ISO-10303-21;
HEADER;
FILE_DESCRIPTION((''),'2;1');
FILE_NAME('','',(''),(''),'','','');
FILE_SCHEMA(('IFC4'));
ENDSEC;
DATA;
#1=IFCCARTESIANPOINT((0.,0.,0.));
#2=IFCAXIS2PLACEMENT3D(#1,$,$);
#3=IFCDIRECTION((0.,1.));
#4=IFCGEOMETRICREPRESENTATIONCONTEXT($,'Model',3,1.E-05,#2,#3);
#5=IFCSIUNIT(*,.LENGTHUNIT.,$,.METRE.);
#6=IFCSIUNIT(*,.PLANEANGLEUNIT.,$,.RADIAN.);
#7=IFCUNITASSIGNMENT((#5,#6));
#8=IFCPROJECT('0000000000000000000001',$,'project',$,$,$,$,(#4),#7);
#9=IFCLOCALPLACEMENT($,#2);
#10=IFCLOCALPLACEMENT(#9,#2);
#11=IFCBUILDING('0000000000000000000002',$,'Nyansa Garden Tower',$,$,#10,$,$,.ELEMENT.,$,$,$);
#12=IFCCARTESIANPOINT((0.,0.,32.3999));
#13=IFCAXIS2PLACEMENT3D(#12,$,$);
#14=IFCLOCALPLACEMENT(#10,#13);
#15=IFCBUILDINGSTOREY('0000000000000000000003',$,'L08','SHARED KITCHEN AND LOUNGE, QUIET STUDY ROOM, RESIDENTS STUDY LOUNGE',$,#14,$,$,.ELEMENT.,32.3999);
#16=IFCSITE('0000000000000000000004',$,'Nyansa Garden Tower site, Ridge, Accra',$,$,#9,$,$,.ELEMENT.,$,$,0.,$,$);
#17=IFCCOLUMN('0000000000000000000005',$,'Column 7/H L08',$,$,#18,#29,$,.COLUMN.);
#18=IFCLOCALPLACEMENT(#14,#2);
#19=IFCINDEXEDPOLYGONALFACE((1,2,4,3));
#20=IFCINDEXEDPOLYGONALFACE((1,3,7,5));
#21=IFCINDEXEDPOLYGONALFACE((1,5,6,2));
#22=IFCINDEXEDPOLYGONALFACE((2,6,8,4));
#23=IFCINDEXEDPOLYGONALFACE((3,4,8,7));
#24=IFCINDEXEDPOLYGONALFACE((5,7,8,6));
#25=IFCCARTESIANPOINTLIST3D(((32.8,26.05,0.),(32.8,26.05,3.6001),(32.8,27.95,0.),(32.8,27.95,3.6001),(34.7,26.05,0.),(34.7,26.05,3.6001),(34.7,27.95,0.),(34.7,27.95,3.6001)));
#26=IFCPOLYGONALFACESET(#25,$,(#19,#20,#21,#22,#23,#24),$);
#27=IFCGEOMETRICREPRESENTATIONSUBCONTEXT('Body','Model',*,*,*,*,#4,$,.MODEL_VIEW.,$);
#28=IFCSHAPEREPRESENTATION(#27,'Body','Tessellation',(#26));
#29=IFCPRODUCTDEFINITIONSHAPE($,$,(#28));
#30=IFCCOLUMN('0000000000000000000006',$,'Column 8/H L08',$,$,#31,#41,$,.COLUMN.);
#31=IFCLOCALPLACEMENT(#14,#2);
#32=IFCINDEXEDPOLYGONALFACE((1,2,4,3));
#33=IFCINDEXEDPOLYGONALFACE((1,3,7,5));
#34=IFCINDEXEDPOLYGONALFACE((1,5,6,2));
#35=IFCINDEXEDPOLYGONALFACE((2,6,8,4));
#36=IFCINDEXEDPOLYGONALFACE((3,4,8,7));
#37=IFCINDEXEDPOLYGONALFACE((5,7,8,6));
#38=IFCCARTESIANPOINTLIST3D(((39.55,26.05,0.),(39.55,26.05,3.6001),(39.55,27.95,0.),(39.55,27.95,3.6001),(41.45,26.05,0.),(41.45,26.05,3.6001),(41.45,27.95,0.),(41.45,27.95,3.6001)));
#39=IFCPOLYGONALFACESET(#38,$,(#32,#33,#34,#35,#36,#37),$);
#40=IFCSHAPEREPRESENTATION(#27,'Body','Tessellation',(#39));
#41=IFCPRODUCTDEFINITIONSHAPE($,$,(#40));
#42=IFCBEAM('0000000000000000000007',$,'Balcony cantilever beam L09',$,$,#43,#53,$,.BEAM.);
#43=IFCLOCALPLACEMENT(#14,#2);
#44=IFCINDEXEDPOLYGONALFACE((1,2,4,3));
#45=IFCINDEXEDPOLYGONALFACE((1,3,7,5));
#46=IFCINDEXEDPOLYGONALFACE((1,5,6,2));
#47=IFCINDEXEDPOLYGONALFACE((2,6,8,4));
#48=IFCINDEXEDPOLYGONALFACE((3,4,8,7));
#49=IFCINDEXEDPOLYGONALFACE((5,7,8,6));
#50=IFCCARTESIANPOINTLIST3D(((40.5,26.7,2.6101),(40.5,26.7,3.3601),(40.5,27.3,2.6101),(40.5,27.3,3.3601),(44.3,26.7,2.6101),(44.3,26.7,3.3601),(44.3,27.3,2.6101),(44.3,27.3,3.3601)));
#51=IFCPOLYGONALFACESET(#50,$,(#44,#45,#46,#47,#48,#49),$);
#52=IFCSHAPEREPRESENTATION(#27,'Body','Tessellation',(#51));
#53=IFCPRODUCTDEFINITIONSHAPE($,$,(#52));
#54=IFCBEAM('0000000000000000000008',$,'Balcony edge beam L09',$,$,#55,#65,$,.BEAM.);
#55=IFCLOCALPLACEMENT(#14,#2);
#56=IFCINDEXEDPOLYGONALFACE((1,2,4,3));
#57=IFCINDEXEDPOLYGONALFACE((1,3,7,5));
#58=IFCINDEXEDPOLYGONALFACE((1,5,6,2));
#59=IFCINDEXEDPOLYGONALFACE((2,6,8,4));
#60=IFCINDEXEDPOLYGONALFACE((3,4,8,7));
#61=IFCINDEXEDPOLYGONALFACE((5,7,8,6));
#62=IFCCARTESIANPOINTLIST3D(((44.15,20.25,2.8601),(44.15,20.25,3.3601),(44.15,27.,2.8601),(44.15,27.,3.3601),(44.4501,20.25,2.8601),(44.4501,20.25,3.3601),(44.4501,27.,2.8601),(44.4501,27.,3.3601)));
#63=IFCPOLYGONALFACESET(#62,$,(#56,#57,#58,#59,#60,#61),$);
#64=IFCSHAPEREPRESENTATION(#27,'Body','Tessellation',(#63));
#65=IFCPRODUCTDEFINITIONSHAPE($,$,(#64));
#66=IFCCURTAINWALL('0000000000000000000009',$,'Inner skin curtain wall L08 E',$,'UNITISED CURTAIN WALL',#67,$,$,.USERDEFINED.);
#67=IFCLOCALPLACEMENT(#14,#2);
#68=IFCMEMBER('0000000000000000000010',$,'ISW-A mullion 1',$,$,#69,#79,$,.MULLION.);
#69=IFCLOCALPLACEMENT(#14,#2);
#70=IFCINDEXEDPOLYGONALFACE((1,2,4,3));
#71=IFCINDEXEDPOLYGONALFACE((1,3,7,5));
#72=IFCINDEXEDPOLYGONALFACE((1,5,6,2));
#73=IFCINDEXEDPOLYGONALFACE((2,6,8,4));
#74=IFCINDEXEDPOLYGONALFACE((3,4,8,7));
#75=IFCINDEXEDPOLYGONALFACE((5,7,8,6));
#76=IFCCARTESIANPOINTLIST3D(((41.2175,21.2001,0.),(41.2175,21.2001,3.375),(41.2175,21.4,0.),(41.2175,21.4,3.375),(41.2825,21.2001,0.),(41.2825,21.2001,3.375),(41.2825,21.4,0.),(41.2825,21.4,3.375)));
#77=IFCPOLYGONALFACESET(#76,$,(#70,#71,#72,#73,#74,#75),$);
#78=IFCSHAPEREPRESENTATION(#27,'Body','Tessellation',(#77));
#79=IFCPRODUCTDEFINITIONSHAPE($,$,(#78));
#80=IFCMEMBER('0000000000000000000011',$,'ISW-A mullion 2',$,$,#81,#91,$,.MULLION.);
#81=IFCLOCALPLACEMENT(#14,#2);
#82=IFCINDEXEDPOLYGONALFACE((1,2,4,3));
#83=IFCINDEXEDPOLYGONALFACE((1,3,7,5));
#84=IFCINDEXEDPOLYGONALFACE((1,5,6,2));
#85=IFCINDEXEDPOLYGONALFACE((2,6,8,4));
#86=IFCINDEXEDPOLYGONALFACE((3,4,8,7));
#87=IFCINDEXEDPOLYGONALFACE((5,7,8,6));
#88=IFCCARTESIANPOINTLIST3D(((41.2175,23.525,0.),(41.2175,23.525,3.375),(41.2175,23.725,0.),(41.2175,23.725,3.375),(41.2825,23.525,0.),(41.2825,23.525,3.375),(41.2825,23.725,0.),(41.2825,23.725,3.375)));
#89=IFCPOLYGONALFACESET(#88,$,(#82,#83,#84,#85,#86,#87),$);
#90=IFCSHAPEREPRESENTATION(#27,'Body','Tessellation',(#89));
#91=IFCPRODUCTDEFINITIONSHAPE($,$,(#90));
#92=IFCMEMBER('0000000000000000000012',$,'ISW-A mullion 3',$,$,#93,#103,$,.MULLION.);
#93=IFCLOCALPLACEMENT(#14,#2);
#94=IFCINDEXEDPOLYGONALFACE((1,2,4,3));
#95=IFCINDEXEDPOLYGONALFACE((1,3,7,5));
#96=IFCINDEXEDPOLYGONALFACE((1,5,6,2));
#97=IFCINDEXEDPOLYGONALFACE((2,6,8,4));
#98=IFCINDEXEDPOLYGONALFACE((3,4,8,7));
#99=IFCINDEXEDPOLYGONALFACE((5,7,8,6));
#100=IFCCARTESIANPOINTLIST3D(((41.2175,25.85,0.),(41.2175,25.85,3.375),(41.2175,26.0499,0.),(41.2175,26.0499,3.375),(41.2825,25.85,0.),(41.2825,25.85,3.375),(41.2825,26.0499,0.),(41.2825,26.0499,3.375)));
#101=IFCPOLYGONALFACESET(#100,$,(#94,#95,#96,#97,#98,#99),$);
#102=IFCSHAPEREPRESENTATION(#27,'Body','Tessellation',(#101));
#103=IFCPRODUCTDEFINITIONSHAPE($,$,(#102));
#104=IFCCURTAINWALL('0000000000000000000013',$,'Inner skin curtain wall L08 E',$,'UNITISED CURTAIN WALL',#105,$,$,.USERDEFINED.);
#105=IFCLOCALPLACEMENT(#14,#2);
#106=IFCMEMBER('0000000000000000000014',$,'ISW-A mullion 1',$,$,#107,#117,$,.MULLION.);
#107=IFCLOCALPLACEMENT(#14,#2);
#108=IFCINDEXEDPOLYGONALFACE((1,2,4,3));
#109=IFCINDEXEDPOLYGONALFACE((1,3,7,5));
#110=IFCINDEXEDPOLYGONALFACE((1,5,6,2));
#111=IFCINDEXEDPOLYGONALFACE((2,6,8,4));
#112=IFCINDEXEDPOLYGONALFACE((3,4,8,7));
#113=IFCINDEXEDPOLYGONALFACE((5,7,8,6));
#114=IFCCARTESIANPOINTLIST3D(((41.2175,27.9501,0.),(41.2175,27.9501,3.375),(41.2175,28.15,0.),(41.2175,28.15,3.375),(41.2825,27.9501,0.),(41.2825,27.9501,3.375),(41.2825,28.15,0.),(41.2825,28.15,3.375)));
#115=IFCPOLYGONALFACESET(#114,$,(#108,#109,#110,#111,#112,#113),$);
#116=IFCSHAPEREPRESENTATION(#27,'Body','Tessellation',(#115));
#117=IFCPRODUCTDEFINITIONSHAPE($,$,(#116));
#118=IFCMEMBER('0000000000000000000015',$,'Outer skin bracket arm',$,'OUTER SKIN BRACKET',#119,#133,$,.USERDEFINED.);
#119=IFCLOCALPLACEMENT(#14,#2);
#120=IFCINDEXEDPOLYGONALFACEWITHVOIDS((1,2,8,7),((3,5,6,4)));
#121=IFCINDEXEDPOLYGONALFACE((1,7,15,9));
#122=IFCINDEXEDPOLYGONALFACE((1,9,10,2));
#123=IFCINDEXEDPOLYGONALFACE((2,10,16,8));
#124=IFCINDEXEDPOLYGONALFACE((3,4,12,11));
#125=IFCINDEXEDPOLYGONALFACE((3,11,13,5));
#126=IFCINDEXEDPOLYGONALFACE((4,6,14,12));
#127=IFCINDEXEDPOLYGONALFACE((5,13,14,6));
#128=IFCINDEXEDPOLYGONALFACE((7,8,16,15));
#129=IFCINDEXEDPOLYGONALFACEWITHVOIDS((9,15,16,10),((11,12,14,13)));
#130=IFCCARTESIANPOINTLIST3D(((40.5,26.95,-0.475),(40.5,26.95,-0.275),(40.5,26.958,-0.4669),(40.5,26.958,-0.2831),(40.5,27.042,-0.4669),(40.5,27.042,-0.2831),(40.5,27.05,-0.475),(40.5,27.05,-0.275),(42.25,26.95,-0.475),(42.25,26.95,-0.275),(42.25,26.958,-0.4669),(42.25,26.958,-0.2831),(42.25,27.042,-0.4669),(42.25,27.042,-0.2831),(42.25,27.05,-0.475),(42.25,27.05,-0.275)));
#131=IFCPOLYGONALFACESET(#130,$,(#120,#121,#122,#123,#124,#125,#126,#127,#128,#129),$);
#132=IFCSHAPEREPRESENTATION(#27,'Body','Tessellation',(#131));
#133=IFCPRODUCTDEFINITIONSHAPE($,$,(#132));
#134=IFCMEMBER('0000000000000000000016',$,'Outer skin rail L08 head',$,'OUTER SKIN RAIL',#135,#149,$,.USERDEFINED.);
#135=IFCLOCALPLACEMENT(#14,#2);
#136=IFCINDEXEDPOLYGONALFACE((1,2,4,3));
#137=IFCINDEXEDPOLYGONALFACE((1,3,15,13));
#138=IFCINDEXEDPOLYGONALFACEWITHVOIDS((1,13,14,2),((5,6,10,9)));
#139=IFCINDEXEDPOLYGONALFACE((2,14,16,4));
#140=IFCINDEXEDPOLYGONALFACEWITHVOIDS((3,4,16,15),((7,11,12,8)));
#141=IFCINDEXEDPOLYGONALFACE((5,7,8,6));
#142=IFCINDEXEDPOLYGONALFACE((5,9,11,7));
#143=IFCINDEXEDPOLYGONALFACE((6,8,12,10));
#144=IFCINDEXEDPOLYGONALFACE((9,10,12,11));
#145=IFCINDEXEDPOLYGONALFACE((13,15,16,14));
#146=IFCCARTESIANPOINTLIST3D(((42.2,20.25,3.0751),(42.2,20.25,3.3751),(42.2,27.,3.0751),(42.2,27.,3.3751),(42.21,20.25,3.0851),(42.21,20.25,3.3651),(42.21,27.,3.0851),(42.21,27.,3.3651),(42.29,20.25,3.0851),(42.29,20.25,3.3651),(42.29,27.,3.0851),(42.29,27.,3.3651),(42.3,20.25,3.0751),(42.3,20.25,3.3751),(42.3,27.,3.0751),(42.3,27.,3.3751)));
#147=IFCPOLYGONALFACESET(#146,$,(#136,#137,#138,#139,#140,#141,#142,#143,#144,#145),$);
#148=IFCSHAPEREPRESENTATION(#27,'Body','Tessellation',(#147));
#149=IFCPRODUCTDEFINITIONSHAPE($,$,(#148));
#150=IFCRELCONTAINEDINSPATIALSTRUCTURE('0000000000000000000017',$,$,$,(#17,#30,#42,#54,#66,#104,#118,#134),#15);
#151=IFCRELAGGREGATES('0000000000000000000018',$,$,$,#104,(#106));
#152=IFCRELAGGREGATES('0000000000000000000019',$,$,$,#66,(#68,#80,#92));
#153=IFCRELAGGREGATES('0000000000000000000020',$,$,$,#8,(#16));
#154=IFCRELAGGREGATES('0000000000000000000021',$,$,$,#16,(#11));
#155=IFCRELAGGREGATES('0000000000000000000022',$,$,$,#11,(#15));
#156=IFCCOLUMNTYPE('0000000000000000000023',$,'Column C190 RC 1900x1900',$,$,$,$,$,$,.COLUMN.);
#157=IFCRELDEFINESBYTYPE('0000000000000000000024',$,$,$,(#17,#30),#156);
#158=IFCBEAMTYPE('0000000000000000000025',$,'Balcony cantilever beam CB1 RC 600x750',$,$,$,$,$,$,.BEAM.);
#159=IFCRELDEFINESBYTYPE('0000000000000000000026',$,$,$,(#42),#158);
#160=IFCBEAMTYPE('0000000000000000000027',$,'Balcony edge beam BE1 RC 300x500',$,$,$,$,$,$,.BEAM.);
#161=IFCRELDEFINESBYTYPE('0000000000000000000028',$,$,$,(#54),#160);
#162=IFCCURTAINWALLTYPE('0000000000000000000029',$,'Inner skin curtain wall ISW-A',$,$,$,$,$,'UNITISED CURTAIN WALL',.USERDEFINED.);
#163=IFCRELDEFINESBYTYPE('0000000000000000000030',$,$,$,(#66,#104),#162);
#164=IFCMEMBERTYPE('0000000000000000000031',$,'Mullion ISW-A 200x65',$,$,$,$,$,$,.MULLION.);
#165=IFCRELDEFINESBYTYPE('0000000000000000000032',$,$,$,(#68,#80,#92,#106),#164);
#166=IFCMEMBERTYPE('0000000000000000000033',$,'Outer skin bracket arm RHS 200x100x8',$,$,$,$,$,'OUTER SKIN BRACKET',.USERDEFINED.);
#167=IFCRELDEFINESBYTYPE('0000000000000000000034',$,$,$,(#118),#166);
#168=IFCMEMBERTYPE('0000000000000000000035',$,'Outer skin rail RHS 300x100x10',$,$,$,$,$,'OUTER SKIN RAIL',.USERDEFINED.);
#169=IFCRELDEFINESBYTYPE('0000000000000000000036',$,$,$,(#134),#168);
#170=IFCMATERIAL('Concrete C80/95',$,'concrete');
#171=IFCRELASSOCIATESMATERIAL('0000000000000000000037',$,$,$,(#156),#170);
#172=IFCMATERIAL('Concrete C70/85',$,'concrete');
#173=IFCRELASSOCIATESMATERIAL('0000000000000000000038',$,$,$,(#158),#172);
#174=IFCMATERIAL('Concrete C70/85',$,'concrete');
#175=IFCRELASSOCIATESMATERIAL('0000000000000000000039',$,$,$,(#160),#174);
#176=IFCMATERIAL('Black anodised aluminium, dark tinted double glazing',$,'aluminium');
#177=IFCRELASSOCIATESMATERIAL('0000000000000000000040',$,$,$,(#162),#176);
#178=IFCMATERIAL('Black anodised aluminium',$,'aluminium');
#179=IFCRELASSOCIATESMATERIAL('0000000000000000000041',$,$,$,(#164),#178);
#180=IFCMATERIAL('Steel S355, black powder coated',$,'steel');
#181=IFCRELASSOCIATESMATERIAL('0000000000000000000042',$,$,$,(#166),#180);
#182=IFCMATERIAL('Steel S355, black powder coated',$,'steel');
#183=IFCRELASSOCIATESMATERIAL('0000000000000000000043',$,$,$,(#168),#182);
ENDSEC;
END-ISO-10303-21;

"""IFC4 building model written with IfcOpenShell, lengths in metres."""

from ifc_helpers import new_model, si_unit, direction, frame, origin, origin_2d, place, context, subcontext, project, spatial, rectangle, hollow_rectangle, extrude, material, material_profile, profile_set, type_object, element, aggregate, save


model = new_model("IFC4")

# Units and contexts
model_context = context("Model", 3, precision=1e-05, world=origin(), true_north=direction((0.0, 1.0)))
body_context = subcontext(model_context, "Body", "Model", "MODEL_VIEW")
ifc_project = project(units=[si_unit("LENGTHUNIT", "METRE"), si_unit("PLANEANGLEUNIT", "RADIAN")], contexts=[model_context])

# Site, building, storey
site_placement = place(None, origin())
site = spatial("IfcSite", under=ifc_project, at=site_placement, Name="Nyansa Garden Tower site, Ridge, Accra", CompositionType="ELEMENT", RefElevation=0.0)
building_placement = place(site_placement, origin())
building = spatial("IfcBuilding", under=site, at=building_placement, Name="Nyansa Garden Tower", CompositionType="ELEMENT")
storey_placement = place(building_placement, frame((0.0, 0.0, 32.3999)))
storey = spatial("IfcBuildingStorey", under=building, at=storey_placement, Name="L08", Description="SHARED KITCHEN AND LOUNGE, QUIET STUDY ROOM, RESIDENTS STUDY LOUNGE", CompositionType="ELEMENT", Elevation=32.3999)

# Columns
ifc_material_1 = material(Name="Concrete C80/95", Category="concrete")
ifc_material_profile_1 = material_profile(ifc_material_1, rectangle(XDim=1.8999, YDim=1.8999, at=origin_2d()), Name="RC 1900x1900")
ifc_profile_set_1 = profile_set([ifc_material_profile_1], Name="Concrete C80/95")
column_type = type_object("IfcColumnType", Name="Column C190 RC 1900x1900", PredefinedType="COLUMN", material=ifc_profile_set_1)
for number, where, z_axis, x_axis, name in (
    (1, (33.75, 27.0, 0.0), (0.0, 0.0, 1.0), (1.0, 0.0, 0.0), "Column 7/H L08"),
    (2, (40.5, 27.0, 0.0), (0.0, 0.0, 1.0), (1.0, 0.0, 0.0), "Column 8/H L08"),
):
    element("IfcColumn", number, at=place(storey_placement, frame(where, z_axis=z_axis, x_axis=x_axis)), inside=storey, type_object=column_type, Name=name, PredefinedType="COLUMN", context=body_context, shape_type="SweptSolid", body=[
        extrude(rectangle(XDim=1.8999, YDim=1.8999, at=origin_2d()), origin(), (0.0, 0.0, 1.0), 3.6001),
    ])

# Beams
ifc_material_2 = material(Name="Concrete C70/85", Category="concrete")
ifc_material_profile_2 = material_profile(ifc_material_2, rectangle(XDim=0.6001, YDim=0.75, at=origin_2d()), Name="RC 600x750")
ifc_profile_set_2 = profile_set([ifc_material_profile_2], Name="Concrete C70/85")
beam_type_1 = type_object("IfcBeamType", Name="Balcony cantilever beam CB1 RC 600x750", PredefinedType="BEAM", material=ifc_profile_set_2)
beam_1_placement = place(storey_placement, frame((40.5, 27.0, 2.9851), z_axis=(1.0, 0.0, 0.0), x_axis=(0.0, 1.0, 0.0)))
element("IfcBeam", 3, at=beam_1_placement, inside=storey, type_object=beam_type_1, Name="Balcony cantilever beam L09", PredefinedType="BEAM", context=body_context, shape_type="SweptSolid", body=[
    extrude(rectangle(XDim=0.6001, YDim=0.75, at=origin_2d()), origin(), (0.0, 0.0, 1.0), 3.8),
])
ifc_material_3 = material(Name="Concrete C70/85", Category="concrete")
ifc_material_profile_3 = material_profile(ifc_material_3, rectangle(XDim=0.3, YDim=0.5, at=origin_2d()), Name="RC 300x500")
ifc_profile_set_3 = profile_set([ifc_material_profile_3], Name="Concrete C70/85")
beam_type_2 = type_object("IfcBeamType", Name="Balcony edge beam BE1 RC 300x500", PredefinedType="BEAM", material=ifc_profile_set_3)
beam_2_placement = place(storey_placement, frame((44.3, 20.25, 3.1101), z_axis=(0.0, 1.0, 0.0), x_axis=(-1.0, 0.0, 0.0)))
element("IfcBeam", 4, at=beam_2_placement, inside=storey, type_object=beam_type_2, Name="Balcony edge beam L09", PredefinedType="BEAM", context=body_context, shape_type="SweptSolid", body=[
    extrude(rectangle(XDim=0.3, YDim=0.5, at=origin_2d()), origin(), (0.0, 0.0, 1.0), 6.75),
])

# Curtain wall, members
ifc_material_4 = material(Name="Black anodised aluminium, dark tinted double glazing", Category="aluminium")
curtain_wall_type = type_object("IfcCurtainWallType", Name="Inner skin curtain wall ISW-A", ElementType="UNITISED CURTAIN WALL", PredefinedType="USERDEFINED", material=ifc_material_4)
curtain_wall_1_placement = place(storey_placement, origin())
curtain_wall_1 = element("IfcCurtainWall", 5, at=curtain_wall_1_placement, inside=storey, type_object=curtain_wall_type, Name="Inner skin curtain wall L08 E", ObjectType="UNITISED CURTAIN WALL", PredefinedType="USERDEFINED")
ifc_material_5 = material(Name="Black anodised aluminium", Category="aluminium")
ifc_material_profile_4 = material_profile(ifc_material_5, rectangle(XDim=0.0649, YDim=0.2, at=origin_2d()), Name="Mullion 200x65")
ifc_profile_set_4 = profile_set([ifc_material_profile_4], Name="Black anodised aluminium")
member_type_1 = type_object("IfcMemberType", Name="Mullion ISW-A 200x65", PredefinedType="MULLION", material=ifc_profile_set_4)
member_1_placement = place(storey_placement, frame((41.25, 21.3, 0.0), z_axis=(0.0, 0.0, 1.0), x_axis=(-1.0, 0.0, 0.0)))
member_1 = element("IfcMember", 6, at=member_1_placement, type_object=member_type_1, Name="ISW-A mullion 1", PredefinedType="MULLION", context=body_context, shape_type="SweptSolid", body=[
    extrude(rectangle(XDim=0.0649, YDim=0.2, at=origin_2d()), origin(), (0.0, 0.0, 1.0), 3.375),
])
member_2_placement = place(storey_placement, frame((41.25, 23.625, 0.0), z_axis=(0.0, 0.0, 1.0), x_axis=(-1.0, 0.0, 0.0)))
member_2 = element("IfcMember", 7, at=member_2_placement, type_object=member_type_1, Name="ISW-A mullion 2", PredefinedType="MULLION", context=body_context, shape_type="SweptSolid", body=[
    extrude(rectangle(XDim=0.0649, YDim=0.2, at=origin_2d()), origin(), (0.0, 0.0, 1.0), 3.375),
])
member_3_placement = place(storey_placement, frame((41.25, 25.95, 0.0), z_axis=(0.0, 0.0, 1.0), x_axis=(-1.0, 0.0, 0.0)))
member_3 = element("IfcMember", 8, at=member_3_placement, type_object=member_type_1, Name="ISW-A mullion 3", PredefinedType="MULLION", context=body_context, shape_type="SweptSolid", body=[
    extrude(rectangle(XDim=0.0649, YDim=0.2, at=origin_2d()), origin(), (0.0, 0.0, 1.0), 3.375),
])

# Curtain wall, member
curtain_wall_2_placement = place(storey_placement, origin())
curtain_wall_2 = element("IfcCurtainWall", 9, at=curtain_wall_2_placement, inside=storey, type_object=curtain_wall_type, Name="Inner skin curtain wall L08 E", ObjectType="UNITISED CURTAIN WALL", PredefinedType="USERDEFINED")
member_4_placement = place(storey_placement, frame((41.25, 28.05, 0.0), z_axis=(0.0, 0.0, 1.0), x_axis=(-1.0, 0.0, 0.0)))
member_4 = element("IfcMember", 10, at=member_4_placement, type_object=member_type_1, Name="ISW-A mullion 1", PredefinedType="MULLION", context=body_context, shape_type="SweptSolid", body=[
    extrude(rectangle(XDim=0.0649, YDim=0.2, at=origin_2d()), origin(), (0.0, 0.0, 1.0), 3.375),
])
aggregate(curtain_wall_2, [member_4])

# Members
ifc_material_6 = material(Name="Steel S355, black powder coated", Category="steel")
ifc_material_profile_5 = material_profile(ifc_material_6, hollow_rectangle(XDim=0.1001, YDim=0.2, WallThickness=0.0081, at=origin_2d()), Name="RHS 200x100x8")
ifc_profile_set_5 = profile_set([ifc_material_profile_5], Name="Steel S355, black powder coated")
member_type_2 = type_object("IfcMemberType", Name="Outer skin bracket arm RHS 200x100x8", ElementType="OUTER SKIN BRACKET", PredefinedType="USERDEFINED", material=ifc_profile_set_5)
member_5_placement = place(storey_placement, frame((40.5, 27.0, -0.375), z_axis=(1.0, 0.0, 0.0), x_axis=(0.0, 1.0, 0.0)))
element("IfcMember", 11, at=member_5_placement, inside=storey, type_object=member_type_2, Name="Outer skin bracket arm", ObjectType="OUTER SKIN BRACKET", PredefinedType="USERDEFINED", context=body_context, shape_type="SweptSolid", body=[
    extrude(hollow_rectangle(XDim=0.1001, YDim=0.2, WallThickness=0.0081, at=origin_2d()), origin(), (0.0, 0.0, 1.0), 1.75),
])
ifc_material_7 = material(Name="Steel S355, black powder coated", Category="steel")
ifc_material_profile_6 = material_profile(ifc_material_7, hollow_rectangle(XDim=0.1001, YDim=0.3, WallThickness=0.01, at=origin_2d()), Name="RHS 300x100x10")
ifc_profile_set_6 = profile_set([ifc_material_profile_6], Name="Steel S355, black powder coated")
member_type_3 = type_object("IfcMemberType", Name="Outer skin rail RHS 300x100x10", ElementType="OUTER SKIN RAIL", PredefinedType="USERDEFINED", material=ifc_profile_set_6)
member_6_placement = place(storey_placement, frame((42.25, 20.25, 3.2251), z_axis=(0.0, 1.0, 0.0), x_axis=(-1.0, 0.0, 0.0)))
element("IfcMember", 12, at=member_6_placement, inside=storey, type_object=member_type_3, Name="Outer skin rail L08 head", ObjectType="OUTER SKIN RAIL", PredefinedType="USERDEFINED", context=body_context, shape_type="SweptSolid", body=[
    extrude(hollow_rectangle(XDim=0.1001, YDim=0.3, WallThickness=0.01, at=origin_2d()), origin(), (0.0, 0.0, 1.0), 6.75),
])

aggregate(curtain_wall_1, [member_1, member_2, member_3])

save(model, "model.ifc")
